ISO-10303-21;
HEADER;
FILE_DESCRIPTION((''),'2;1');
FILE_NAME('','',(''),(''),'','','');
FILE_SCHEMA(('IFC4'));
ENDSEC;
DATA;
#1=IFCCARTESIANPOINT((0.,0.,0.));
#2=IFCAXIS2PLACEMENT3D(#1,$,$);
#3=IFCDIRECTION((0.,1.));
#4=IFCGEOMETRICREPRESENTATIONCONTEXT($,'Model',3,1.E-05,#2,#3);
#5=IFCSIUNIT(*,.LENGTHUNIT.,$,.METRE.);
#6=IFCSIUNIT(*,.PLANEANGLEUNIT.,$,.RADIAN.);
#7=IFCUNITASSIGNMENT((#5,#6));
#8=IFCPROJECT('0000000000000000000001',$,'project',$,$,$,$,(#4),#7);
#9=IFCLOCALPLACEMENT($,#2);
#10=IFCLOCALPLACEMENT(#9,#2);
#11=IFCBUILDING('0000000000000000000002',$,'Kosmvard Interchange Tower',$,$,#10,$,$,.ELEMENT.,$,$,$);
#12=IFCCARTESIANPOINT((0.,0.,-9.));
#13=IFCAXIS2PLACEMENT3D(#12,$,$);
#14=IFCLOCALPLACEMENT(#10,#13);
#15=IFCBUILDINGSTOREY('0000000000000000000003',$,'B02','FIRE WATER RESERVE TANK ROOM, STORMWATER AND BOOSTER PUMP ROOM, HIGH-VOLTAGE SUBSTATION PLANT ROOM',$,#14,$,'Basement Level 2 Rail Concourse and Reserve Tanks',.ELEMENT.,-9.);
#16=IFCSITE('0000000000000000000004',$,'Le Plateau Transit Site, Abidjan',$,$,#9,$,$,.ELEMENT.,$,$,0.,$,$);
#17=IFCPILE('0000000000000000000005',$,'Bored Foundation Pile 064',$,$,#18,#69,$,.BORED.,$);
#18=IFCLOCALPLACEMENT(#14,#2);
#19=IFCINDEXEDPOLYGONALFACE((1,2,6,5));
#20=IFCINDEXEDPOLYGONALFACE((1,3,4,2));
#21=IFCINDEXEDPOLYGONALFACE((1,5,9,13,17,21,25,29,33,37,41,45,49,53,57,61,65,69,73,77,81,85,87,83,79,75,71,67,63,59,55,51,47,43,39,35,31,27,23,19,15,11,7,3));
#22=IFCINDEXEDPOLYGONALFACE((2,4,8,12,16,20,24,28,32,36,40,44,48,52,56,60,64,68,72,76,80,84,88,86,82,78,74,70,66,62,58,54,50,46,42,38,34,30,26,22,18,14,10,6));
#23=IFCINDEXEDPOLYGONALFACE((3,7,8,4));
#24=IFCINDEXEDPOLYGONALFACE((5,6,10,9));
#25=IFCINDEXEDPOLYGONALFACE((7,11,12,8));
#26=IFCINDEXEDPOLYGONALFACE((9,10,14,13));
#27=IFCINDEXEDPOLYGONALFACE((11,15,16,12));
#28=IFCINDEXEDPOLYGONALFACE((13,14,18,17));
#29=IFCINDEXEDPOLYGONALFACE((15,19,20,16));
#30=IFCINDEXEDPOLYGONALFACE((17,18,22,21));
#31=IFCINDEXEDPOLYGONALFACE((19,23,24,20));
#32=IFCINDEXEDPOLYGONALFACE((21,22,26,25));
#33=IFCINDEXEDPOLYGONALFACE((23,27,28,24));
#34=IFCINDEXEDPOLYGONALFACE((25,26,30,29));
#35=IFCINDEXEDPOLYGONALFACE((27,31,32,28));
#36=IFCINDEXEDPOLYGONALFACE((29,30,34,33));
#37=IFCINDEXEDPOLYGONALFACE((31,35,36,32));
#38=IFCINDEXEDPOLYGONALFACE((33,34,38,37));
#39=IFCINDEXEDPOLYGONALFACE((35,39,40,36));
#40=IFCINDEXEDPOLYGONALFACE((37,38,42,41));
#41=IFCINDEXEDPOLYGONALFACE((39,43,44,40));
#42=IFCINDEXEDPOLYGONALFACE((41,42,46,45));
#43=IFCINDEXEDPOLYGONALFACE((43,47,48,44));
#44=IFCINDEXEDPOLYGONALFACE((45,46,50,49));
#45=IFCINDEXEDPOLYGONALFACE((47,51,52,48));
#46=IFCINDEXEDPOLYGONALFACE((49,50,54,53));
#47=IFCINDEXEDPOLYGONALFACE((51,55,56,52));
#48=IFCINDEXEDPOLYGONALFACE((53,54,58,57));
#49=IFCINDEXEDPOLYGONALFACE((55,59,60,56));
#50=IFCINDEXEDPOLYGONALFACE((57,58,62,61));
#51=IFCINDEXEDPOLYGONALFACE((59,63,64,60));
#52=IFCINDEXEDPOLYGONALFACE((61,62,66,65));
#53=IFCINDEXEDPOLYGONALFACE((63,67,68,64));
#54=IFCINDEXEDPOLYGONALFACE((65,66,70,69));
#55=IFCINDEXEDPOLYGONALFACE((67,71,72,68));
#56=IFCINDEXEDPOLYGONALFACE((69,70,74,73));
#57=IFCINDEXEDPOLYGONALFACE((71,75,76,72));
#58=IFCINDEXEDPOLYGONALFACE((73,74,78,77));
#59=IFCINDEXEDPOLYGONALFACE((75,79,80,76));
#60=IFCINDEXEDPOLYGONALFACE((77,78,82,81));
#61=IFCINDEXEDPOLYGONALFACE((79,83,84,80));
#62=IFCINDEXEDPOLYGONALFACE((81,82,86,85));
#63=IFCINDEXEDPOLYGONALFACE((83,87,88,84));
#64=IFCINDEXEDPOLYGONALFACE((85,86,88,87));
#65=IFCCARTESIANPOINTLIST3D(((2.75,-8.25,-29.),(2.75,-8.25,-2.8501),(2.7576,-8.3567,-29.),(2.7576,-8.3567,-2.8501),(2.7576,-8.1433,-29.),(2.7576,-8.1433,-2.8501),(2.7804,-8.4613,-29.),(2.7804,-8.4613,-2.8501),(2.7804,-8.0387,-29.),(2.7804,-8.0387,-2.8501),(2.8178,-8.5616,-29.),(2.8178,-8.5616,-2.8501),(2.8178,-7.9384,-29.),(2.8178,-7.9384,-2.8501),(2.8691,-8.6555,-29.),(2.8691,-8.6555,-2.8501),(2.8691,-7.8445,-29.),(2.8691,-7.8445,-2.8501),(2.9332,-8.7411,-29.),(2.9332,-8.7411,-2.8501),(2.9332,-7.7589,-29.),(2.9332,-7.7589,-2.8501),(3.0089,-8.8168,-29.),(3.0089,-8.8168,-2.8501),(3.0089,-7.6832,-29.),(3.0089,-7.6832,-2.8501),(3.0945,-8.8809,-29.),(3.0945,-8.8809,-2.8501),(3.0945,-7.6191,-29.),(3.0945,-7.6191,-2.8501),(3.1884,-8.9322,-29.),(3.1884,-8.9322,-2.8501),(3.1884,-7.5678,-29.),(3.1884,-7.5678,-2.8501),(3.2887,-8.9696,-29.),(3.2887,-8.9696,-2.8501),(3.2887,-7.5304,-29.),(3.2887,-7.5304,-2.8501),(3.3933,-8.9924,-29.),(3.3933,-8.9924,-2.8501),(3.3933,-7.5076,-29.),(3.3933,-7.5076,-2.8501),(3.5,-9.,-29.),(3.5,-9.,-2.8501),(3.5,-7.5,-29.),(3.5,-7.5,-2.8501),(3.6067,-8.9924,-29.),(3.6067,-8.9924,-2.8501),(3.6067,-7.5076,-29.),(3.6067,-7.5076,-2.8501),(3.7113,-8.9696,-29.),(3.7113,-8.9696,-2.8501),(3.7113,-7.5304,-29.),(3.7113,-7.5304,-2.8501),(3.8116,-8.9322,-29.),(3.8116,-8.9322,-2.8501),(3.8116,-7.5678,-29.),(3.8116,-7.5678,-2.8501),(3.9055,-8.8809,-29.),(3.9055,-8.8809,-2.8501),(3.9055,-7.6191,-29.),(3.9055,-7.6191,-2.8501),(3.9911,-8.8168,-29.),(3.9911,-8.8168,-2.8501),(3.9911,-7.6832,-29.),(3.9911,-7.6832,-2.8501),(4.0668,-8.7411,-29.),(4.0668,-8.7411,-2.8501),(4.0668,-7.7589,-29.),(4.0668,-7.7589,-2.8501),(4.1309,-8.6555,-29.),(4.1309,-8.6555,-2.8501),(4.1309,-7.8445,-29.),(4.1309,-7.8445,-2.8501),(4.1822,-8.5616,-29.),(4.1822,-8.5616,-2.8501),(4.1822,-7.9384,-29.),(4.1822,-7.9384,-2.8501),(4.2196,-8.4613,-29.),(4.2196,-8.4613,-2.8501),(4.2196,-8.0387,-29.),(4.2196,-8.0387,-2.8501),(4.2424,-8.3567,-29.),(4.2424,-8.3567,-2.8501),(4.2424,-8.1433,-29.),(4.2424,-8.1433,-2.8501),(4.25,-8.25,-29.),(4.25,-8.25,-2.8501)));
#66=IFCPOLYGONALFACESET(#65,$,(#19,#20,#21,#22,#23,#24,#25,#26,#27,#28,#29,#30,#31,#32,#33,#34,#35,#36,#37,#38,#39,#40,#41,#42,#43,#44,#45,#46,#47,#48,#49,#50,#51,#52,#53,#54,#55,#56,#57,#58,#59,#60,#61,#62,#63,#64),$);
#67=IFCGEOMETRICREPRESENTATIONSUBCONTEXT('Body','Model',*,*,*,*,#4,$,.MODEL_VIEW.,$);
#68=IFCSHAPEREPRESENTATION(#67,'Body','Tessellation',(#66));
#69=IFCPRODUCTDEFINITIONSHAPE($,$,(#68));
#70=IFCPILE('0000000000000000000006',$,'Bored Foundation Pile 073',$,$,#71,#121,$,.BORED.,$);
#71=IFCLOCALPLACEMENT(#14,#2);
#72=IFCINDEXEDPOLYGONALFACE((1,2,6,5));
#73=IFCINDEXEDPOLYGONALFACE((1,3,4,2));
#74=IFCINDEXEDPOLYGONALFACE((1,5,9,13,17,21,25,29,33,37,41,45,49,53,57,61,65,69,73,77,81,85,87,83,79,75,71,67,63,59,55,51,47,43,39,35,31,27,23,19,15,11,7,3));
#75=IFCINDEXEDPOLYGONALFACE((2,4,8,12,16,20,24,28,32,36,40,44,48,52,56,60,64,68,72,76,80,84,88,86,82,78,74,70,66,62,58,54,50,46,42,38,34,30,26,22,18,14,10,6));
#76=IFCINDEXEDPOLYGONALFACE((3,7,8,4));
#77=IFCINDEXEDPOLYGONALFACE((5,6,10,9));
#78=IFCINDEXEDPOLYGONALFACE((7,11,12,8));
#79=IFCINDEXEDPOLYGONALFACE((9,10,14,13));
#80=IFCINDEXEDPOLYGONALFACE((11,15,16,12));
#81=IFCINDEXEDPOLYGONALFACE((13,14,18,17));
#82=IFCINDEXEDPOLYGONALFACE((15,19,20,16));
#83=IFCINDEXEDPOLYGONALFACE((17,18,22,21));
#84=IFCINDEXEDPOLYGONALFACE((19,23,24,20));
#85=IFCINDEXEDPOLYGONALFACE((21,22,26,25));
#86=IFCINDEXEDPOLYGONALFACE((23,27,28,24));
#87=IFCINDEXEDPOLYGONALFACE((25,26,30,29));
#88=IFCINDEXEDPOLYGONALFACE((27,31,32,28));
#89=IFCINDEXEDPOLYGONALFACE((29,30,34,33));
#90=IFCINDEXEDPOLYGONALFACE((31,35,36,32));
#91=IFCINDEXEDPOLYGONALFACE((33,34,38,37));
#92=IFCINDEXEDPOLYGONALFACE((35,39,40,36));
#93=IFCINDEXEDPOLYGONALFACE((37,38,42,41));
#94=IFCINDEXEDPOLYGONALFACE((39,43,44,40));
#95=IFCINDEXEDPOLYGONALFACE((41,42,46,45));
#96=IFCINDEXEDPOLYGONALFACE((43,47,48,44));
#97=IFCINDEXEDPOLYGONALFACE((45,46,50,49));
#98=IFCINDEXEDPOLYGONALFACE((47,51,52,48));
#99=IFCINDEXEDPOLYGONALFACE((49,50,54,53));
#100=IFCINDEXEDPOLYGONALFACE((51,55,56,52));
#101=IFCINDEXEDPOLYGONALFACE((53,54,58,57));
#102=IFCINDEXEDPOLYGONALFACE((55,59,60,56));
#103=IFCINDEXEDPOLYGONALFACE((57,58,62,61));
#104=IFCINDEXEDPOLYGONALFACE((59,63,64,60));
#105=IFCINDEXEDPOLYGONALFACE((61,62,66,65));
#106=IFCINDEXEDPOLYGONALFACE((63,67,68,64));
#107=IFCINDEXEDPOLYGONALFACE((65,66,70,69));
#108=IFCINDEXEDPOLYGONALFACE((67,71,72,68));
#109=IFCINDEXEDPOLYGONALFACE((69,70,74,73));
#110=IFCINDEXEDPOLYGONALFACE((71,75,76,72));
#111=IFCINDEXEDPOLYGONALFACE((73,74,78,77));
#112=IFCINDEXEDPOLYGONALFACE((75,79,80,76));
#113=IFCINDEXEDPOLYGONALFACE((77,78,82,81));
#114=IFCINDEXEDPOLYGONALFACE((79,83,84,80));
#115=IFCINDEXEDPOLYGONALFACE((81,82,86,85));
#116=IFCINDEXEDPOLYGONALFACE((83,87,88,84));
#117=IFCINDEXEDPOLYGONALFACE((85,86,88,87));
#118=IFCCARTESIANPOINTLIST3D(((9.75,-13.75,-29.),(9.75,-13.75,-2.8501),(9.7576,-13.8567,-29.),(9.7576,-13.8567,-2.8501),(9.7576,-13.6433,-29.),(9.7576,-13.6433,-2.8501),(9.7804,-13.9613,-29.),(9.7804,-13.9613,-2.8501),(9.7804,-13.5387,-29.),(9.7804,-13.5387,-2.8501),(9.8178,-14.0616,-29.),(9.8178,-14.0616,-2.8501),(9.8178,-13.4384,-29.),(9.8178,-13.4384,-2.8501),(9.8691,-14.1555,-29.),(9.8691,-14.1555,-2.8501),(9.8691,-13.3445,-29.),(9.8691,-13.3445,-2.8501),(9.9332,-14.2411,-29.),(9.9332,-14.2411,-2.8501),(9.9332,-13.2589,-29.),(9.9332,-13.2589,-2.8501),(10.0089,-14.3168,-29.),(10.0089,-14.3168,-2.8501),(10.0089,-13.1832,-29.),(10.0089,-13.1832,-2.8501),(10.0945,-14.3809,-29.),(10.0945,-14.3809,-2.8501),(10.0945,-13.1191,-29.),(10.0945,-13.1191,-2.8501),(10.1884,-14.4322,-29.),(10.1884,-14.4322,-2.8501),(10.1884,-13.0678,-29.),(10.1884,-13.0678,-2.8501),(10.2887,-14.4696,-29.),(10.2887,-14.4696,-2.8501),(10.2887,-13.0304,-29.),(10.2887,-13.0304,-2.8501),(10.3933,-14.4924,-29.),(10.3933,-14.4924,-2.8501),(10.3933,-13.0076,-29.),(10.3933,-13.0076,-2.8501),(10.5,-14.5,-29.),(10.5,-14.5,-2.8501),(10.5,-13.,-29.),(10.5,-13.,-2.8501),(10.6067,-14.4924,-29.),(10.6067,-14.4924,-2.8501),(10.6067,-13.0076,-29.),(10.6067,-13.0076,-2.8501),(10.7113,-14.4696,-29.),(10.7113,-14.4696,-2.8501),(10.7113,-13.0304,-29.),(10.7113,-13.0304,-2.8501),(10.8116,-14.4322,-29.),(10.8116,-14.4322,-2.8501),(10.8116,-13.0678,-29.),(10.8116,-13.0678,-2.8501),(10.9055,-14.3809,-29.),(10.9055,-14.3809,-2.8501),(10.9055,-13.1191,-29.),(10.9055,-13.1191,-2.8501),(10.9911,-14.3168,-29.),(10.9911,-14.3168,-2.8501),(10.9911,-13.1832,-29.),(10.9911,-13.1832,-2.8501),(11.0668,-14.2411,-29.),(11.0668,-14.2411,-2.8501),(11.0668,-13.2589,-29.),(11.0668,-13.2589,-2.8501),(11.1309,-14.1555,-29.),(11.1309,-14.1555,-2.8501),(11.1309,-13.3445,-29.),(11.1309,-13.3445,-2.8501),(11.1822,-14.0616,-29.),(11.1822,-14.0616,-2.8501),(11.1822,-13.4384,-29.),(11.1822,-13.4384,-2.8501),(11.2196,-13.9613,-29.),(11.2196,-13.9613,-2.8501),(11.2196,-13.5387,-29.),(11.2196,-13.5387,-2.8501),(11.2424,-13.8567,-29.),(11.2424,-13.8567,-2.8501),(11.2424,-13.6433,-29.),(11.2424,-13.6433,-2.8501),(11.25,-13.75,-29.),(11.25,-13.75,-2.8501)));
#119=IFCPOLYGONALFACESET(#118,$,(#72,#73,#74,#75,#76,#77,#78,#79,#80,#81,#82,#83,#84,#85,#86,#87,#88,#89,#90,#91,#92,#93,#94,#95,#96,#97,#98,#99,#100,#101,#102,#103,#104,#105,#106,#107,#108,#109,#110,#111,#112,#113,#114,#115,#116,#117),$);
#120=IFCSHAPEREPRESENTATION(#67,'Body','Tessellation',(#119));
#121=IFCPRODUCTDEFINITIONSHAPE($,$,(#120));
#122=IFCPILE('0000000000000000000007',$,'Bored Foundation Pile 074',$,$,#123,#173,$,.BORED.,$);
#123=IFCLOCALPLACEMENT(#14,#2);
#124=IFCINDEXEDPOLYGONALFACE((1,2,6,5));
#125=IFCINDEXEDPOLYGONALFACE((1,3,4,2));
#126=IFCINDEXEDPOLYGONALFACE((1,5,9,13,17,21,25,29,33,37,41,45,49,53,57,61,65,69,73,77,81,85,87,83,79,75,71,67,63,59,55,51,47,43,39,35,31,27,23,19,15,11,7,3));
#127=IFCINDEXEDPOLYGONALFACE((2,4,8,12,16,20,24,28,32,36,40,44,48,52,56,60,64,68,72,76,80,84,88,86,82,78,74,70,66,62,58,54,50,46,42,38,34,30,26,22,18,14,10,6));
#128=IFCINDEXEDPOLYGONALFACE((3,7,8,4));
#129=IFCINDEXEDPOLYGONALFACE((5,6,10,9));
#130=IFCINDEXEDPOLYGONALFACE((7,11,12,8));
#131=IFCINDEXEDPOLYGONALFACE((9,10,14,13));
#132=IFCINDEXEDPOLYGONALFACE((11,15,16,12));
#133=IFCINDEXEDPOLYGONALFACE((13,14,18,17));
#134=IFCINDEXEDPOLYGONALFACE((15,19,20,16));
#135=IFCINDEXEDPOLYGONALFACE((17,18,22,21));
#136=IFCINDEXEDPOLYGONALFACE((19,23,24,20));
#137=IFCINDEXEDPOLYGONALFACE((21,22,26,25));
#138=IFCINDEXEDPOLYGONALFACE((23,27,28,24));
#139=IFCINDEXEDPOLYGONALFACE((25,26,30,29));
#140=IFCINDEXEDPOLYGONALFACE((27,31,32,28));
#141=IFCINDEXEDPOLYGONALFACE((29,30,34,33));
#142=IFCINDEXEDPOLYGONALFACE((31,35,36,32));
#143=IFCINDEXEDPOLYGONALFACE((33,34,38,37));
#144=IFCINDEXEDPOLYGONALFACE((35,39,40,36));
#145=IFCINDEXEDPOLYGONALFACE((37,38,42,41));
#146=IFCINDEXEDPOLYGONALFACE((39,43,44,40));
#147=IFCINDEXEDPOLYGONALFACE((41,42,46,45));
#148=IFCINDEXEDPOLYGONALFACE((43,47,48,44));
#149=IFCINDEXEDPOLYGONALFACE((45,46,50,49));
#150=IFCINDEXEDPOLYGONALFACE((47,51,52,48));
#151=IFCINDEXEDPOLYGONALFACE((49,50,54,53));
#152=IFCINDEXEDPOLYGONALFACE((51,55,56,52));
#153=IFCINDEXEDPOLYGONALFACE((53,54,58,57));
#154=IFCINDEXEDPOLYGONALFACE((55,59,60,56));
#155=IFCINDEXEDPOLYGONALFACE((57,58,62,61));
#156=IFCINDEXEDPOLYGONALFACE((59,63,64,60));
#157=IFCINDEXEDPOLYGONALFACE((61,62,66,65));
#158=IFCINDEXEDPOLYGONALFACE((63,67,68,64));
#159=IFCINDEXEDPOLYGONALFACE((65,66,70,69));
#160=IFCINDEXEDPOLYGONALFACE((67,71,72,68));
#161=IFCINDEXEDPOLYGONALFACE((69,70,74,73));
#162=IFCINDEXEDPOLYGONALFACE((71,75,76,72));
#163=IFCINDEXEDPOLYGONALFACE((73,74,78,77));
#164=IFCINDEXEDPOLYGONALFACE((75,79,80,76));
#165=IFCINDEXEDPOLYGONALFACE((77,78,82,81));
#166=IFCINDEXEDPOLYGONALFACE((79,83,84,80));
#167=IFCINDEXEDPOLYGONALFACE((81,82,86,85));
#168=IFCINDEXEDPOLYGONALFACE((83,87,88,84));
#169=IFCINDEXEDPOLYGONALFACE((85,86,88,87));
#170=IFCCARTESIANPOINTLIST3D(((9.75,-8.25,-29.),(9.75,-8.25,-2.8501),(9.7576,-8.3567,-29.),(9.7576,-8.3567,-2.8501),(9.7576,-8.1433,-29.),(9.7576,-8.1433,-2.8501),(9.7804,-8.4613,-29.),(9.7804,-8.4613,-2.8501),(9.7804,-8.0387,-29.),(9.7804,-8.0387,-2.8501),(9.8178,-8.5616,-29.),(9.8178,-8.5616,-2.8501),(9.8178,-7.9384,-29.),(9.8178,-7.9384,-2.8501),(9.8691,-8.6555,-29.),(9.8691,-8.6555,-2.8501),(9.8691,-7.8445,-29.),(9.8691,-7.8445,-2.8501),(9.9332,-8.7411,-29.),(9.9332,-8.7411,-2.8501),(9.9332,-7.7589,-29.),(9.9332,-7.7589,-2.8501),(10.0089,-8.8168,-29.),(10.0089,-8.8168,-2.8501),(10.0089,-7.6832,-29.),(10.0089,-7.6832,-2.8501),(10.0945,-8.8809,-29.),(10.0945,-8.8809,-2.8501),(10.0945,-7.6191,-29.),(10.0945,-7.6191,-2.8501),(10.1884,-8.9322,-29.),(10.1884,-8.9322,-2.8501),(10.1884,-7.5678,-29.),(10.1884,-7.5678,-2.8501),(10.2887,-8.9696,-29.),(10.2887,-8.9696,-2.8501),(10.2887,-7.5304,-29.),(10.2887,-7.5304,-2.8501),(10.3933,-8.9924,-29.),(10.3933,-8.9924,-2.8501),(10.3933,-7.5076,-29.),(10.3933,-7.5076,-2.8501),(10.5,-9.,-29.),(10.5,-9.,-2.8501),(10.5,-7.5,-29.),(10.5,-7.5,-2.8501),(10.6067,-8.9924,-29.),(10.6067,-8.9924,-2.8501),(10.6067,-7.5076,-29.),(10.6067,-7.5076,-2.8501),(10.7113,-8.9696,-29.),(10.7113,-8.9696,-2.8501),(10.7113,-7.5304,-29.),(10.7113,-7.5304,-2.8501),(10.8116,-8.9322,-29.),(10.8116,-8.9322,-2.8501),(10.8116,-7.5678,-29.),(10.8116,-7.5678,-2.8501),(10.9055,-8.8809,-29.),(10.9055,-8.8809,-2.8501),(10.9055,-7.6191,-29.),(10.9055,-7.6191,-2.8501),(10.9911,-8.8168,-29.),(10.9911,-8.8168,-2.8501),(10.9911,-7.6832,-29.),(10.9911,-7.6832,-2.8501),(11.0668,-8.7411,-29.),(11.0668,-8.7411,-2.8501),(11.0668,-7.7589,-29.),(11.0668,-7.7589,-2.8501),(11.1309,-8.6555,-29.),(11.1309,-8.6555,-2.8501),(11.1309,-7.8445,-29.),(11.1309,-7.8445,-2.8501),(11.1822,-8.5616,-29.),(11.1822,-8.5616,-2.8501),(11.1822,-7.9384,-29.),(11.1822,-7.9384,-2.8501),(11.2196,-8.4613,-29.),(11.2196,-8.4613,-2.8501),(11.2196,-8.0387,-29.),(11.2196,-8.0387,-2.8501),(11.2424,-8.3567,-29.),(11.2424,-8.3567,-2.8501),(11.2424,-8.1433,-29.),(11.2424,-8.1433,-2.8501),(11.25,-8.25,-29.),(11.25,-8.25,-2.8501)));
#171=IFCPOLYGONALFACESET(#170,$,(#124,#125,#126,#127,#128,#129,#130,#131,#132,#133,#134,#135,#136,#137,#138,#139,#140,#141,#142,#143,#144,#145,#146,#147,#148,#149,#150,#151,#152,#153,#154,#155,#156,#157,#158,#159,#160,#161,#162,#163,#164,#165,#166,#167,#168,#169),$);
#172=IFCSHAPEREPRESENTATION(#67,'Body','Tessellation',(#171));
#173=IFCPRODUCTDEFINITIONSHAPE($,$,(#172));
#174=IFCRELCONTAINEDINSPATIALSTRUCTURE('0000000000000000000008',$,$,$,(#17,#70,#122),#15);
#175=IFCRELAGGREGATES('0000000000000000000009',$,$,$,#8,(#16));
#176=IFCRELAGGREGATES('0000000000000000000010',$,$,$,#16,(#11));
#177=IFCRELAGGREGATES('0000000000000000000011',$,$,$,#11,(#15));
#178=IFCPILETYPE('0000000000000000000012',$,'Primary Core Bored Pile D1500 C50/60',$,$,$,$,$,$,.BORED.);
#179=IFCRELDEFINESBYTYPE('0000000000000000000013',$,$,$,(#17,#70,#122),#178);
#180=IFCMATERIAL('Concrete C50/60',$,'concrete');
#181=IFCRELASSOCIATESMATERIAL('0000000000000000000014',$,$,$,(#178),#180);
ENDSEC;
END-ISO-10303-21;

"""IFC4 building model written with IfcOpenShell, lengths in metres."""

from ifc_helpers import new_model, si_unit, direction, frame, origin, origin_2d, place, context, subcontext, project, spatial, circle, extrude, source, transform, mapped, material, material_profile, profile_set, type_object, element, save


model = new_model("IFC4")

# Units and contexts
model_context = context("Model", 3, precision=1e-05, world=origin(), true_north=direction((0.0, 1.0)))
body_context = subcontext(model_context, "Body", "Model", "MODEL_VIEW")
ifc_project = project(units=[si_unit("LENGTHUNIT", "METRE"), si_unit("PLANEANGLEUNIT", "RADIAN")], contexts=[model_context])

# Site, building, storey
site_placement = place(None, origin())
site = spatial("IfcSite", under=ifc_project, at=site_placement, Name="Le Plateau Transit Site, Abidjan", CompositionType="ELEMENT", RefElevation=0.0)
building_placement = place(site_placement, origin())
building = spatial("IfcBuilding", under=site, at=building_placement, Name="Kosmvard Interchange Tower", CompositionType="ELEMENT")
storey_placement = place(building_placement, frame((0.0, 0.0, -9.0)))
storey = spatial("IfcBuildingStorey", under=building, at=storey_placement, Name="B02", Description="FIRE WATER RESERVE TANK ROOM, STORMWATER AND BOOSTER PUMP ROOM, HIGH-VOLTAGE SUBSTATION PLANT ROOM", LongName="Basement Level 2 Rail Concourse and Reserve Tanks", CompositionType="ELEMENT", Elevation=-9.0)

# Piles
ifc_material_1 = material(Name="Concrete C50/60", Category="concrete")
ifc_material_profile_1 = material_profile(ifc_material_1, circle(Radius=0.75, at=origin_2d()), Name="PILE D1500")
ifc_profile_set_1 = profile_set([ifc_material_profile_1], Name="Concrete C50/60")
pile_type_1 = type_object("IfcPileType", Name="Primary Core Bored Pile D1500 C50/60", PredefinedType="BORED", material=ifc_profile_set_1)
shared_shape_1 = source(origin(), body_context, "Body", "SweptSolid", [
    extrude(circle(Radius=0.75, at=origin_2d()), origin(), (0.0, 0.0, 1.0), 26.1499),
])
for number, where, z_axis, x_axis, name in (
    (1, (3.5, -8.25, -2.8501), (0.0, 0.0, -1.0), (1.0, 0.0, 0.0), "Bored Foundation Pile 064"),
    (2, (10.5, -13.75, -2.8501), (0.0, 0.0, -1.0), (1.0, 0.0, 0.0), "Bored Foundation Pile 073"),
    (3, (10.5, -8.25, -2.8501), (0.0, 0.0, -1.0), (1.0, 0.0, 0.0), "Bored Foundation Pile 074"),
):
    element("IfcPile", number, at=place(storey_placement, frame(where, z_axis=z_axis, x_axis=x_axis)), inside=storey, type_object=pile_type_1, Name=name, PredefinedType="BORED", context=body_context, shape_type="MappedRepresentation", body=[
        mapped(shared_shape_1, transform((0.0, 0.0, 0.0), scale=1.0)),
    ])

save(model, "model.ifc")
